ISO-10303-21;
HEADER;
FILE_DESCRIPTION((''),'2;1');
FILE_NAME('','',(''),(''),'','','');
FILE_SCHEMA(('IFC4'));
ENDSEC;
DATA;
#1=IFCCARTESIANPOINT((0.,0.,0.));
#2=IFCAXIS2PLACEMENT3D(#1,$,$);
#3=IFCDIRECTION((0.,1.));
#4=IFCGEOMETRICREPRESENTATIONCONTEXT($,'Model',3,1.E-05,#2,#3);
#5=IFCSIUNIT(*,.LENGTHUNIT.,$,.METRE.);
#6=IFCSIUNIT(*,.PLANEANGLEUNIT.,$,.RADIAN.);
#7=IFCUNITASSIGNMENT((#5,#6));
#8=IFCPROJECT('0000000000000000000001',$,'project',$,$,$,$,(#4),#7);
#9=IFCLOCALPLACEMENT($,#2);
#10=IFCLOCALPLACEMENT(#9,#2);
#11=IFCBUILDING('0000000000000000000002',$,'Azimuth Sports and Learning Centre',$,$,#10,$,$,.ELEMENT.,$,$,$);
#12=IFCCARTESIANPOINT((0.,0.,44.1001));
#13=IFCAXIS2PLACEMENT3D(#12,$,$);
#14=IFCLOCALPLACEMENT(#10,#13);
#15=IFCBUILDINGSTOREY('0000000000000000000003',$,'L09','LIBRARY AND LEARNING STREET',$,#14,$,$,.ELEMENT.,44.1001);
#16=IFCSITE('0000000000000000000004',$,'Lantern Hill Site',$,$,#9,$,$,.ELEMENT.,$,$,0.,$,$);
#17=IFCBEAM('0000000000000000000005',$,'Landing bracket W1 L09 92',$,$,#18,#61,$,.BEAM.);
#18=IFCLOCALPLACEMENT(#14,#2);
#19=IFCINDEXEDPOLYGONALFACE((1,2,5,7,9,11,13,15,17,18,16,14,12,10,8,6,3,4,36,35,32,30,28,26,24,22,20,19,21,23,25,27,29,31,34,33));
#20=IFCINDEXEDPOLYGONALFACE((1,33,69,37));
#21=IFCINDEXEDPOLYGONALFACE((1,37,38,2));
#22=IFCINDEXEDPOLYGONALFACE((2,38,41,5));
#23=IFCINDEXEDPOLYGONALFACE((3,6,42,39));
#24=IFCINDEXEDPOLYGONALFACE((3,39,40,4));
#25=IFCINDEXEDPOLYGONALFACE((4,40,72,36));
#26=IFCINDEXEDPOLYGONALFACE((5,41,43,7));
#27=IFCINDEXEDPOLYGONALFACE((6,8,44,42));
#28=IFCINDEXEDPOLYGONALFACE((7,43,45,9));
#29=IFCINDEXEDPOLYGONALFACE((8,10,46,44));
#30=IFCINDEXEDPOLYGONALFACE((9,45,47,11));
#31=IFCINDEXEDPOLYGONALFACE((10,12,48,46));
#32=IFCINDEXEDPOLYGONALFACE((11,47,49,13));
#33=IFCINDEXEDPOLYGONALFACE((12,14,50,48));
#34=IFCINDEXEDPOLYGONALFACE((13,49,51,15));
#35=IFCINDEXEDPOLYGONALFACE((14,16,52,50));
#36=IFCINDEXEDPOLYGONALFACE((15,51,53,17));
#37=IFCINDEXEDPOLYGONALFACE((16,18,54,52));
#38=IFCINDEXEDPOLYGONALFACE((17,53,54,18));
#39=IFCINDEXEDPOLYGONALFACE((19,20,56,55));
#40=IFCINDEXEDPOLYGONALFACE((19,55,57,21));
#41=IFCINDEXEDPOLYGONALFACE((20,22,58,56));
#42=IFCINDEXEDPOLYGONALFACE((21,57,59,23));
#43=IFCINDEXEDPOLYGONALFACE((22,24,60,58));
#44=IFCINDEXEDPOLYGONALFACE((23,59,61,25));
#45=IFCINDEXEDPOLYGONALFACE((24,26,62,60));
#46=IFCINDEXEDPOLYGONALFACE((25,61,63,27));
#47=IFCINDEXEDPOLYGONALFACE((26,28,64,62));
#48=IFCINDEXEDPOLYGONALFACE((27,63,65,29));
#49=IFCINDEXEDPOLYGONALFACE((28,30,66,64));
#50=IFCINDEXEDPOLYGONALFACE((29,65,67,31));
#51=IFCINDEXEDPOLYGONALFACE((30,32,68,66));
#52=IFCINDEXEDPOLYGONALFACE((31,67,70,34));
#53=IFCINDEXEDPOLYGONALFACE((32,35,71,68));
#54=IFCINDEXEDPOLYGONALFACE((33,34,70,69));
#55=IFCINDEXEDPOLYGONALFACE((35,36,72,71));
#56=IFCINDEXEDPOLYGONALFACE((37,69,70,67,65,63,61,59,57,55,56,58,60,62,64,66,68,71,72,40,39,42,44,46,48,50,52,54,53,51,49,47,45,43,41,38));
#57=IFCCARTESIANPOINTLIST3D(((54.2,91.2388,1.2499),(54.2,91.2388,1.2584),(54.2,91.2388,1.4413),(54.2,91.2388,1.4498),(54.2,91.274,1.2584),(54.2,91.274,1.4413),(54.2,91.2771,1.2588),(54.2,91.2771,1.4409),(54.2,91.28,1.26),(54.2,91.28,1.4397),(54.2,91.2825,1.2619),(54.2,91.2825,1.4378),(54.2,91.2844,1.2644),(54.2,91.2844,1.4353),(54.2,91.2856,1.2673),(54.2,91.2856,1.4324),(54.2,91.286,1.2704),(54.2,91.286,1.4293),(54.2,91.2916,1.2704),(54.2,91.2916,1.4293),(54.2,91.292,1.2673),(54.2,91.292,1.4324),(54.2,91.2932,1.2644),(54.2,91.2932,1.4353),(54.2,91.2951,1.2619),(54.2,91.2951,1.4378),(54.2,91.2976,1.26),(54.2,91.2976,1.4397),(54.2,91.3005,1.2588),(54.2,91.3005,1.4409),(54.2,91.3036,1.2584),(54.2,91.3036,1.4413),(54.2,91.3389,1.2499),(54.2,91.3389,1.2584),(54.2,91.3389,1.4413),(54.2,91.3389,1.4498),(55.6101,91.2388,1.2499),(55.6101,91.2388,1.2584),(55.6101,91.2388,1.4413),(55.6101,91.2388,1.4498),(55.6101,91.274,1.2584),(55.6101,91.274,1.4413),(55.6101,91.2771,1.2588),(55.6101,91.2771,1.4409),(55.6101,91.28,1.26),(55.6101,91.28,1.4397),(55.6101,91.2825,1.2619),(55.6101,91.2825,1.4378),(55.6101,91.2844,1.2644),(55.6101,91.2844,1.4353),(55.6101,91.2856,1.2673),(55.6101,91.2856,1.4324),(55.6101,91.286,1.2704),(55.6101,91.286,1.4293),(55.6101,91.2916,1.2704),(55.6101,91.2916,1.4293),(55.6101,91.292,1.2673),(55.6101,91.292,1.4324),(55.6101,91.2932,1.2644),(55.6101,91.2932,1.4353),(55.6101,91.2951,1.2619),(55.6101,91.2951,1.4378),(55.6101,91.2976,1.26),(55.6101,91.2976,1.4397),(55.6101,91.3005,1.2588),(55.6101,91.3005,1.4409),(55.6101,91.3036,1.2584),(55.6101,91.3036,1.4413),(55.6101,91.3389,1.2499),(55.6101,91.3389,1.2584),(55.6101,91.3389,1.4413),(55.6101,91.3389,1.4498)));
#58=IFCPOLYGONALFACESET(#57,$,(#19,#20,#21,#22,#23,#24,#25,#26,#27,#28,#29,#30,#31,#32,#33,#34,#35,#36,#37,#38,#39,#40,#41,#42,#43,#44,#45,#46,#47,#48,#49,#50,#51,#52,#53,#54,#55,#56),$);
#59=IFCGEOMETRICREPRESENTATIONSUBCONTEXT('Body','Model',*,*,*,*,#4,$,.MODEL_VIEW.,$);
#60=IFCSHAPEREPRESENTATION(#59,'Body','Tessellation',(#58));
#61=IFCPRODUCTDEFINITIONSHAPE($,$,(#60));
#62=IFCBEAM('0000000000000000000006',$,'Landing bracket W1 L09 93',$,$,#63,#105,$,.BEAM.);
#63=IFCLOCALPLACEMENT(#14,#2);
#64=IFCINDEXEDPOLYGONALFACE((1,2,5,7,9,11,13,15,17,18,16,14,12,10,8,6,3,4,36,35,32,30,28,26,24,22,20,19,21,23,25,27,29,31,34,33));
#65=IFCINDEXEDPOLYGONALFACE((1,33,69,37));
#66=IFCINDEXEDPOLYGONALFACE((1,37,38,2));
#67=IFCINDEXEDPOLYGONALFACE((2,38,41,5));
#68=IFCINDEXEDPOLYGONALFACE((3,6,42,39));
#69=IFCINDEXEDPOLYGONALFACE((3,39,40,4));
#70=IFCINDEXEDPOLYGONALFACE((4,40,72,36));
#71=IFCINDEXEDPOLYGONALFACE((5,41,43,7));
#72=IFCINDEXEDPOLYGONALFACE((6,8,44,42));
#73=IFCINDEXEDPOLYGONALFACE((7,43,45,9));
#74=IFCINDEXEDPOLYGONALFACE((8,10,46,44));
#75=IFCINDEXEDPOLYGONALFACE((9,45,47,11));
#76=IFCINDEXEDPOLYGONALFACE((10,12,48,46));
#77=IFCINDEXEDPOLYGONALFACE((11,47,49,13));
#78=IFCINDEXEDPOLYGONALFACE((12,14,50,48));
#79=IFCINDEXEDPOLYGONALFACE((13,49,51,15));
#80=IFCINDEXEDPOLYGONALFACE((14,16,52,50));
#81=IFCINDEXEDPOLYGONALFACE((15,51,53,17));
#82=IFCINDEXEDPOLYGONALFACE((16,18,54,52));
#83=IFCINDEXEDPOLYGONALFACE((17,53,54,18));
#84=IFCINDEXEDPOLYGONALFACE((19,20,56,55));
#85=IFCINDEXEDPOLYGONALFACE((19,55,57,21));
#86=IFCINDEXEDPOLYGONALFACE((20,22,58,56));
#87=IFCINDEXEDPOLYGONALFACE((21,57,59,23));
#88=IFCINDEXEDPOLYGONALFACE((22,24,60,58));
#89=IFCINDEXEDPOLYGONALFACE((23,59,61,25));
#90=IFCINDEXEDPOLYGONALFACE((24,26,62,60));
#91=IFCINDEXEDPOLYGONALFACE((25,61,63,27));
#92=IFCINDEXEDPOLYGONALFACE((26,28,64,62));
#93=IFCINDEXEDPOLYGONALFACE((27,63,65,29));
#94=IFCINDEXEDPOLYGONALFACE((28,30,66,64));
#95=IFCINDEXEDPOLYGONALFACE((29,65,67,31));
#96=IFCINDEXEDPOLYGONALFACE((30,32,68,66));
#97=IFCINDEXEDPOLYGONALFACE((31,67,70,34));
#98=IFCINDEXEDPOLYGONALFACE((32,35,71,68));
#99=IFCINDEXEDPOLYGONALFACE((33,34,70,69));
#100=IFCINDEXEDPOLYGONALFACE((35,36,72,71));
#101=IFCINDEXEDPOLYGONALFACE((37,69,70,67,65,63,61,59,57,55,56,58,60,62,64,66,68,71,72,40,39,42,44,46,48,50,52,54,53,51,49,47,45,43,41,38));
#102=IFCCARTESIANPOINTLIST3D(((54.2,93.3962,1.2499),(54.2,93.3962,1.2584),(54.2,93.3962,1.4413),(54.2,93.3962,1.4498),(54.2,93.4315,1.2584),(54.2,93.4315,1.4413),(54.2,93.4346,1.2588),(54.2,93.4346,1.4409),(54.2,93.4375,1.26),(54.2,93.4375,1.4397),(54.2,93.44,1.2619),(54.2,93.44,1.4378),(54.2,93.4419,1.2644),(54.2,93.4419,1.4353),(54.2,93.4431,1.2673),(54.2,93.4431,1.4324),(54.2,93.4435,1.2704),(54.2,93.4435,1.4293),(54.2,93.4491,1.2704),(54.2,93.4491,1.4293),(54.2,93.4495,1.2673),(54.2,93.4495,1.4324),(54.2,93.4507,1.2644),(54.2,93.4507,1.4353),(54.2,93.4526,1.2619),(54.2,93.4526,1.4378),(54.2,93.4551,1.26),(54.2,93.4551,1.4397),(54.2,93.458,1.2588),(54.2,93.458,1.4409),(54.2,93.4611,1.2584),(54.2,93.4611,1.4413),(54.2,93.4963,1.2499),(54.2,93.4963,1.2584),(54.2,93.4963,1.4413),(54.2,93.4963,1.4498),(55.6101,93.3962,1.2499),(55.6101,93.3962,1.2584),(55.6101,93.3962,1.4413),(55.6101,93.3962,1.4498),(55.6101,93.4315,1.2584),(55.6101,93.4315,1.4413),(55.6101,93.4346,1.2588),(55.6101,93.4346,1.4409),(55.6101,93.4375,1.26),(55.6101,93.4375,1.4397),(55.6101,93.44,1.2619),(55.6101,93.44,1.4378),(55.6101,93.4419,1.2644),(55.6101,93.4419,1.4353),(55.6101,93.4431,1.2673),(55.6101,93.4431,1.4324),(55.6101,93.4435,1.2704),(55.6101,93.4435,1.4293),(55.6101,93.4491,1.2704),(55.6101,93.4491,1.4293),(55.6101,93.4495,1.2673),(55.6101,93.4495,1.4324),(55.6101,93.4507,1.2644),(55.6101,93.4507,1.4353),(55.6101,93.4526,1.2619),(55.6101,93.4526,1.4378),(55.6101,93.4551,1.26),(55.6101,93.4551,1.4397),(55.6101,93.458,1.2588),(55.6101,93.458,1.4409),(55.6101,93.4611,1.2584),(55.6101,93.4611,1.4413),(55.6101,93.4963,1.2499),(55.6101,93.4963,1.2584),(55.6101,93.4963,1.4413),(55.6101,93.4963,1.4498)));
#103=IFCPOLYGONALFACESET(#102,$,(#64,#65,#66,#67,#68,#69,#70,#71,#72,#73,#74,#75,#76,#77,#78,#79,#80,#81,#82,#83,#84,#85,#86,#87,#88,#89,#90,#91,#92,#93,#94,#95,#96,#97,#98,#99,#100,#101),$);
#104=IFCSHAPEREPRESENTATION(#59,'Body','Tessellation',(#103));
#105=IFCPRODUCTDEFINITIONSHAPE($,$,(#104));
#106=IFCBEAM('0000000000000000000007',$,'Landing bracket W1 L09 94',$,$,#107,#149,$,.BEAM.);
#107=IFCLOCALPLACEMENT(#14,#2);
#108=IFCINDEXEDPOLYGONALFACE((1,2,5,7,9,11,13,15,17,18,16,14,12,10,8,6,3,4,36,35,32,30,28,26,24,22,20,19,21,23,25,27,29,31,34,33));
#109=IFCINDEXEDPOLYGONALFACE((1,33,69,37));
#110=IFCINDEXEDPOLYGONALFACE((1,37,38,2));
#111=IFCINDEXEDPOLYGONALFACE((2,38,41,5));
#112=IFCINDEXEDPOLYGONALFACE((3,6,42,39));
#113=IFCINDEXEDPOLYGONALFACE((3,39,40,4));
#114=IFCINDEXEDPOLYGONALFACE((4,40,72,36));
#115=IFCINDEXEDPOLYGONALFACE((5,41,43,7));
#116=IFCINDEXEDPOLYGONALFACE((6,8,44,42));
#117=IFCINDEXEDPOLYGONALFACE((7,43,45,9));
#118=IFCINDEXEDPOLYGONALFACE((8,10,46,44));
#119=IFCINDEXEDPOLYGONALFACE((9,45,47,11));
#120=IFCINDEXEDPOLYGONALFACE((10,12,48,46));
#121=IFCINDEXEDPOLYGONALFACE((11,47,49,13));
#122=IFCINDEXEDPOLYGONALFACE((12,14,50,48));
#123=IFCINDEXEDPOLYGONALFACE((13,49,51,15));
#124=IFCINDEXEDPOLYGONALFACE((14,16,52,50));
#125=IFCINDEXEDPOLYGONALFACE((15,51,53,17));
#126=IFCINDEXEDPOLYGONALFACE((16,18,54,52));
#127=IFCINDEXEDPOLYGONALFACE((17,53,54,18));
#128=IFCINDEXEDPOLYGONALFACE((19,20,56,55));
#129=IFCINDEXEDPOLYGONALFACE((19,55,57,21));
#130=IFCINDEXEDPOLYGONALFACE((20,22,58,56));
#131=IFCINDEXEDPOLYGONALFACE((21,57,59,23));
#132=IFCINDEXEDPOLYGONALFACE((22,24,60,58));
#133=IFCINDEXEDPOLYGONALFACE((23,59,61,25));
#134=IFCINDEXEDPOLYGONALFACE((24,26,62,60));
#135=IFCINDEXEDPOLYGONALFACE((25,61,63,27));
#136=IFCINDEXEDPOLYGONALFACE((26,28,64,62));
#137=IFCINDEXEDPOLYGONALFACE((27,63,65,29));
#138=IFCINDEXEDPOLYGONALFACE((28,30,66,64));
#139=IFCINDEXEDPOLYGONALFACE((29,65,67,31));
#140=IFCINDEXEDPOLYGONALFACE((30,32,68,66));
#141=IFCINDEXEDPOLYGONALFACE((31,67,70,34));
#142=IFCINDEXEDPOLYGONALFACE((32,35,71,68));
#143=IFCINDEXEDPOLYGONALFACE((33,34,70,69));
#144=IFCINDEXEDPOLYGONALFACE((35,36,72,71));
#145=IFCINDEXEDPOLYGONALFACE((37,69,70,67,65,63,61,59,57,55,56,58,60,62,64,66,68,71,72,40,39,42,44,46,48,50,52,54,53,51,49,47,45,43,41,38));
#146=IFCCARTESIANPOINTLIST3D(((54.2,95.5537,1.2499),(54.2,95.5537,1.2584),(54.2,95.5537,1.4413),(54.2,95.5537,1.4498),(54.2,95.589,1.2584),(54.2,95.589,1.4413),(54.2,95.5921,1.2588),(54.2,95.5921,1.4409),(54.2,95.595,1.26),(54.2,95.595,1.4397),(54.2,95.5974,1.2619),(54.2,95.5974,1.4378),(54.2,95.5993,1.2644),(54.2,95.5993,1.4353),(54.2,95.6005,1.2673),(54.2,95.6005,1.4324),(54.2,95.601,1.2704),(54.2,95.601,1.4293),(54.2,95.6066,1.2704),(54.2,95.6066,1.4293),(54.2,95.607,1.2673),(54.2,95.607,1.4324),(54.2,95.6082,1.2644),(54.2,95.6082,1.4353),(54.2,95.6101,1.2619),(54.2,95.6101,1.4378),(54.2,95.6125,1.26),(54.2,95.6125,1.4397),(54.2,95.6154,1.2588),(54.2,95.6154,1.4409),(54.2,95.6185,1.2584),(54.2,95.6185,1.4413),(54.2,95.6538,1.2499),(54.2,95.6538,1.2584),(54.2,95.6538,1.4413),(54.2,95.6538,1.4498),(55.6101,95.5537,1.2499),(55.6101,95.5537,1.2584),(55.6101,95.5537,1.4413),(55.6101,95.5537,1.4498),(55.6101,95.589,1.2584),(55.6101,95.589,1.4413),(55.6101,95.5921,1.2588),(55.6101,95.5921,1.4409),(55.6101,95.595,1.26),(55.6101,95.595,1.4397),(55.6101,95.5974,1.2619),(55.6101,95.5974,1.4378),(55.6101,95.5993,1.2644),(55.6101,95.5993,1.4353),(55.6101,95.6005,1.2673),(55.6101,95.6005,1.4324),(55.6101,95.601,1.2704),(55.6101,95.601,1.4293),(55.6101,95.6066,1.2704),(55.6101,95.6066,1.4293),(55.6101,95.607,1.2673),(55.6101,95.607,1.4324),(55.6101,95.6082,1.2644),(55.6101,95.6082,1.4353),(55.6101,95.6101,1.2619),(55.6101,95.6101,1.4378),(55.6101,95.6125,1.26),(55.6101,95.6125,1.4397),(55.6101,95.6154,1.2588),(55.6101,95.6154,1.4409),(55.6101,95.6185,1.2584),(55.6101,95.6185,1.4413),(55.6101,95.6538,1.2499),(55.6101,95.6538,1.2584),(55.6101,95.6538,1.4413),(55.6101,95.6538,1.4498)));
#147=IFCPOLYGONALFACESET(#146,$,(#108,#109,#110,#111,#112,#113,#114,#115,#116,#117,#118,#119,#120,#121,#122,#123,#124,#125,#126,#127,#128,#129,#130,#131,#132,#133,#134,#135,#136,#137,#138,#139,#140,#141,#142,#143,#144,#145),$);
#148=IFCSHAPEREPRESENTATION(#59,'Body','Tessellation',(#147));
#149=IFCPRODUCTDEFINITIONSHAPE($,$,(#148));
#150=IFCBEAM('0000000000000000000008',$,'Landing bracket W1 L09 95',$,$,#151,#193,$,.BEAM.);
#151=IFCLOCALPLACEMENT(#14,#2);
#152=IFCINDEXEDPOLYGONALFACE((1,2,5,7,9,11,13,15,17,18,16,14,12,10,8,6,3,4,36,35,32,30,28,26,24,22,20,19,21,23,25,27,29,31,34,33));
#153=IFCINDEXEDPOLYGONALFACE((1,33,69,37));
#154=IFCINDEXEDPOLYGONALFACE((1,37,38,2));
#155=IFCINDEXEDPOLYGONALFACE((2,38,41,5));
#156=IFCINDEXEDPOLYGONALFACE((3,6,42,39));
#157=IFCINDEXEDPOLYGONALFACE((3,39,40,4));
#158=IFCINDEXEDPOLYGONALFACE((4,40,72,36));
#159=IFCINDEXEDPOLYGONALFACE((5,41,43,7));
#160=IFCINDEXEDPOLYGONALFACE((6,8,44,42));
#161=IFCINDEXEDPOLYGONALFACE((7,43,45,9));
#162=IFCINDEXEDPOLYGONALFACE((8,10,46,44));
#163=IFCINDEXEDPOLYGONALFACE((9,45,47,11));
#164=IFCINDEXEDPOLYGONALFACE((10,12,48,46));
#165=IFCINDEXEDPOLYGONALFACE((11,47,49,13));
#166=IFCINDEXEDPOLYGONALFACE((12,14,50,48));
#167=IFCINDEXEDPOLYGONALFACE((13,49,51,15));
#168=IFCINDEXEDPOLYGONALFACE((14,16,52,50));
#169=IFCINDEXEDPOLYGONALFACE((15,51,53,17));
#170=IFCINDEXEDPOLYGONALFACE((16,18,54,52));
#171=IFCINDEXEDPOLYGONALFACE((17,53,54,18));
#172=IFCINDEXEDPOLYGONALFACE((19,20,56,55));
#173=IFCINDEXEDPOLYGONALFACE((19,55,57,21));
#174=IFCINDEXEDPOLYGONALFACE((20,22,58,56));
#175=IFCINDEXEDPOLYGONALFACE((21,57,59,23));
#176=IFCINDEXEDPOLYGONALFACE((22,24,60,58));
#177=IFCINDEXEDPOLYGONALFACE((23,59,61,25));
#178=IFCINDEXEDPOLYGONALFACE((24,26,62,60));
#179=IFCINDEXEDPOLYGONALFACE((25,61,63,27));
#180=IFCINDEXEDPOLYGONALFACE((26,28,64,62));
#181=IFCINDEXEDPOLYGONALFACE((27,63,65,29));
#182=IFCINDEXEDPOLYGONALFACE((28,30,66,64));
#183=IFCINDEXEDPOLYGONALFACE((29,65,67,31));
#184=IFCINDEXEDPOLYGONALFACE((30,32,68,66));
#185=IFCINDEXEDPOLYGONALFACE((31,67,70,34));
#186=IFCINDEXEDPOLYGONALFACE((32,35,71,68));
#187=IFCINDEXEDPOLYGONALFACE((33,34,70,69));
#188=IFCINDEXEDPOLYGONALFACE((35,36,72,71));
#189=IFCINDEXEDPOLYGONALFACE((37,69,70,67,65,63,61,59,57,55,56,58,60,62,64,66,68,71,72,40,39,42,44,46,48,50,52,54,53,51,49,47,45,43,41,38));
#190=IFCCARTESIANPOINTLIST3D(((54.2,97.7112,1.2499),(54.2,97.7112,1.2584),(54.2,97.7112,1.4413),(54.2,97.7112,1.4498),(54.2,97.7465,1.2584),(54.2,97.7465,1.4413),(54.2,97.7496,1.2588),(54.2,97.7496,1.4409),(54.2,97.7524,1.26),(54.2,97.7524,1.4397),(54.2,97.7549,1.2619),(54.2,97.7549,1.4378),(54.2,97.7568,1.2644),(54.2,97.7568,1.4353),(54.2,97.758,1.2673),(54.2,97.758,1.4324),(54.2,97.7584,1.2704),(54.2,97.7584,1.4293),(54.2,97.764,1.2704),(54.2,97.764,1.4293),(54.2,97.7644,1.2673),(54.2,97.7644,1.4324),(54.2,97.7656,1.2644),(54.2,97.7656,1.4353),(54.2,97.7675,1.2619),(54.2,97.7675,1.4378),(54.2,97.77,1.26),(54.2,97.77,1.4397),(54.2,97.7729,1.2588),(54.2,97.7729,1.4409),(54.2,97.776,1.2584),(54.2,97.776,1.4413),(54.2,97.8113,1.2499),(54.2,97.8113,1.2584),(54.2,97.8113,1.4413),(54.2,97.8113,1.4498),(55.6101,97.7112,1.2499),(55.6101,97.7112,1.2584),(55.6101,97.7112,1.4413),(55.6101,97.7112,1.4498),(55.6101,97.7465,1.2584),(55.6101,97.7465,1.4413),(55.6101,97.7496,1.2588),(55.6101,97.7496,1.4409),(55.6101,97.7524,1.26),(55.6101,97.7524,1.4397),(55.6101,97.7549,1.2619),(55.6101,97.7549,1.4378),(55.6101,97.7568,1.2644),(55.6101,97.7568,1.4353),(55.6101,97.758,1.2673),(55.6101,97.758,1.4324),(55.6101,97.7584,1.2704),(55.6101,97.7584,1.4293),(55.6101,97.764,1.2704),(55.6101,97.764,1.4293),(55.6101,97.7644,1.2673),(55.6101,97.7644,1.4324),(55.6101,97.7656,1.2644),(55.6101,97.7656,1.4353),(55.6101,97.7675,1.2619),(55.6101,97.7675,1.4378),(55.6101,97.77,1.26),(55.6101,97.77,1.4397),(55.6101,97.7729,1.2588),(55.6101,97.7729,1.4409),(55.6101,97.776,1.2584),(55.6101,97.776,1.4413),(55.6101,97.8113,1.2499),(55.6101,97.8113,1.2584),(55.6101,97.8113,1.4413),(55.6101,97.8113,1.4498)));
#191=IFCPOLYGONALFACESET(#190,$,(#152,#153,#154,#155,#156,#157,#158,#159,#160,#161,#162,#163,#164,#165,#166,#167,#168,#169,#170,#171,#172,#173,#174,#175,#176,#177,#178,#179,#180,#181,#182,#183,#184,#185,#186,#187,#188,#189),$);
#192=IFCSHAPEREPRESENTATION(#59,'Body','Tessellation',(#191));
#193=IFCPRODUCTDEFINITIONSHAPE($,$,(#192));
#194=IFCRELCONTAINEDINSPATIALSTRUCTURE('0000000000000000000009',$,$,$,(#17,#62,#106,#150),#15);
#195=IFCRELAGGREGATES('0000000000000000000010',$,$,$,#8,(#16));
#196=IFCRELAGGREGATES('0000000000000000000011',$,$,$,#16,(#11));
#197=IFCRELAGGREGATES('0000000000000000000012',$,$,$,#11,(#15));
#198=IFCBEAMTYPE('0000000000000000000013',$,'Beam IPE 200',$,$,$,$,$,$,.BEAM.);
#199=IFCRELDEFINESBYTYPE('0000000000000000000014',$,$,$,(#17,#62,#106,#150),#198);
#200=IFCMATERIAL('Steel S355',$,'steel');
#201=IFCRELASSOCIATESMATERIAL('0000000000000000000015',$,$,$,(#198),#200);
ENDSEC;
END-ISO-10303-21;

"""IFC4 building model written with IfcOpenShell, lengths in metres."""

from ifc_helpers import new_model, si_unit, direction, frame, origin, origin_2d, place, context, subcontext, project, spatial, i_section, extrude, material, material_profile, profile_set, type_object, element, save


model = new_model("IFC4")

# Units and contexts
model_context = context("Model", 3, precision=1e-05, world=origin(), true_north=direction((0.0, 1.0)))
body_context = subcontext(model_context, "Body", "Model", "MODEL_VIEW")
ifc_project = project(units=[si_unit("LENGTHUNIT", "METRE"), si_unit("PLANEANGLEUNIT", "RADIAN")], contexts=[model_context])

# Site, building, storey
site_placement = place(None, origin())
site = spatial("IfcSite", under=ifc_project, at=site_placement, Name="Lantern Hill Site", CompositionType="ELEMENT", RefElevation=0.0)
building_placement = place(site_placement, origin())
building = spatial("IfcBuilding", under=site, at=building_placement, Name="Azimuth Sports and Learning Centre", CompositionType="ELEMENT")
storey_placement = place(building_placement, frame((0.0, 0.0, 44.1001)))
storey = spatial("IfcBuildingStorey", under=building, at=storey_placement, Name="L09", Description="LIBRARY AND LEARNING STREET", CompositionType="ELEMENT", Elevation=44.1001)

# Beams
ifc_material_1 = material(Name="Steel S355", Category="steel")
ifc_material_profile = material_profile(ifc_material_1, i_section(OverallWidth=0.1001, OverallDepth=0.2, WebThickness=0.0056, FlangeThickness=0.0085, FilletRadius=0.012, at=origin_2d()), Name="IPE 200")
ifc_profile_set = profile_set([ifc_material_profile], Name="Steel S355")
beam_type = type_object("IfcBeamType", Name="Beam IPE 200", PredefinedType="BEAM", material=ifc_profile_set)
for number, where, z_axis, x_axis, name in (
    (1, (54.2, 91.2888, 1.3499), (1.0, 0.0, 0.0), (0.0, 1.0, 0.0), "Landing bracket W1 L09 92"),
    (2, (54.2, 93.4463, 1.3499), (1.0, 0.0, 0.0), (0.0, 1.0, 0.0), "Landing bracket W1 L09 93"),
    (3, (54.2, 95.6038, 1.3499), (1.0, 0.0, 0.0), (0.0, 1.0, 0.0), "Landing bracket W1 L09 94"),
    (4, (54.2, 97.7612, 1.3499), (1.0, 0.0, 0.0), (0.0, 1.0, 0.0), "Landing bracket W1 L09 95"),
):
    element("IfcBeam", number, at=place(storey_placement, frame(where, z_axis=z_axis, x_axis=x_axis)), inside=storey, type_object=beam_type, Name=name, PredefinedType="BEAM", context=body_context, shape_type="SweptSolid", body=[
        extrude(i_section(OverallWidth=0.1001, OverallDepth=0.2, WebThickness=0.0056, FlangeThickness=0.0085, FilletRadius=0.012, at=origin_2d()), origin(), (0.0, 0.0, 1.0), 1.4102),
    ])

save(model, "model.ifc")
